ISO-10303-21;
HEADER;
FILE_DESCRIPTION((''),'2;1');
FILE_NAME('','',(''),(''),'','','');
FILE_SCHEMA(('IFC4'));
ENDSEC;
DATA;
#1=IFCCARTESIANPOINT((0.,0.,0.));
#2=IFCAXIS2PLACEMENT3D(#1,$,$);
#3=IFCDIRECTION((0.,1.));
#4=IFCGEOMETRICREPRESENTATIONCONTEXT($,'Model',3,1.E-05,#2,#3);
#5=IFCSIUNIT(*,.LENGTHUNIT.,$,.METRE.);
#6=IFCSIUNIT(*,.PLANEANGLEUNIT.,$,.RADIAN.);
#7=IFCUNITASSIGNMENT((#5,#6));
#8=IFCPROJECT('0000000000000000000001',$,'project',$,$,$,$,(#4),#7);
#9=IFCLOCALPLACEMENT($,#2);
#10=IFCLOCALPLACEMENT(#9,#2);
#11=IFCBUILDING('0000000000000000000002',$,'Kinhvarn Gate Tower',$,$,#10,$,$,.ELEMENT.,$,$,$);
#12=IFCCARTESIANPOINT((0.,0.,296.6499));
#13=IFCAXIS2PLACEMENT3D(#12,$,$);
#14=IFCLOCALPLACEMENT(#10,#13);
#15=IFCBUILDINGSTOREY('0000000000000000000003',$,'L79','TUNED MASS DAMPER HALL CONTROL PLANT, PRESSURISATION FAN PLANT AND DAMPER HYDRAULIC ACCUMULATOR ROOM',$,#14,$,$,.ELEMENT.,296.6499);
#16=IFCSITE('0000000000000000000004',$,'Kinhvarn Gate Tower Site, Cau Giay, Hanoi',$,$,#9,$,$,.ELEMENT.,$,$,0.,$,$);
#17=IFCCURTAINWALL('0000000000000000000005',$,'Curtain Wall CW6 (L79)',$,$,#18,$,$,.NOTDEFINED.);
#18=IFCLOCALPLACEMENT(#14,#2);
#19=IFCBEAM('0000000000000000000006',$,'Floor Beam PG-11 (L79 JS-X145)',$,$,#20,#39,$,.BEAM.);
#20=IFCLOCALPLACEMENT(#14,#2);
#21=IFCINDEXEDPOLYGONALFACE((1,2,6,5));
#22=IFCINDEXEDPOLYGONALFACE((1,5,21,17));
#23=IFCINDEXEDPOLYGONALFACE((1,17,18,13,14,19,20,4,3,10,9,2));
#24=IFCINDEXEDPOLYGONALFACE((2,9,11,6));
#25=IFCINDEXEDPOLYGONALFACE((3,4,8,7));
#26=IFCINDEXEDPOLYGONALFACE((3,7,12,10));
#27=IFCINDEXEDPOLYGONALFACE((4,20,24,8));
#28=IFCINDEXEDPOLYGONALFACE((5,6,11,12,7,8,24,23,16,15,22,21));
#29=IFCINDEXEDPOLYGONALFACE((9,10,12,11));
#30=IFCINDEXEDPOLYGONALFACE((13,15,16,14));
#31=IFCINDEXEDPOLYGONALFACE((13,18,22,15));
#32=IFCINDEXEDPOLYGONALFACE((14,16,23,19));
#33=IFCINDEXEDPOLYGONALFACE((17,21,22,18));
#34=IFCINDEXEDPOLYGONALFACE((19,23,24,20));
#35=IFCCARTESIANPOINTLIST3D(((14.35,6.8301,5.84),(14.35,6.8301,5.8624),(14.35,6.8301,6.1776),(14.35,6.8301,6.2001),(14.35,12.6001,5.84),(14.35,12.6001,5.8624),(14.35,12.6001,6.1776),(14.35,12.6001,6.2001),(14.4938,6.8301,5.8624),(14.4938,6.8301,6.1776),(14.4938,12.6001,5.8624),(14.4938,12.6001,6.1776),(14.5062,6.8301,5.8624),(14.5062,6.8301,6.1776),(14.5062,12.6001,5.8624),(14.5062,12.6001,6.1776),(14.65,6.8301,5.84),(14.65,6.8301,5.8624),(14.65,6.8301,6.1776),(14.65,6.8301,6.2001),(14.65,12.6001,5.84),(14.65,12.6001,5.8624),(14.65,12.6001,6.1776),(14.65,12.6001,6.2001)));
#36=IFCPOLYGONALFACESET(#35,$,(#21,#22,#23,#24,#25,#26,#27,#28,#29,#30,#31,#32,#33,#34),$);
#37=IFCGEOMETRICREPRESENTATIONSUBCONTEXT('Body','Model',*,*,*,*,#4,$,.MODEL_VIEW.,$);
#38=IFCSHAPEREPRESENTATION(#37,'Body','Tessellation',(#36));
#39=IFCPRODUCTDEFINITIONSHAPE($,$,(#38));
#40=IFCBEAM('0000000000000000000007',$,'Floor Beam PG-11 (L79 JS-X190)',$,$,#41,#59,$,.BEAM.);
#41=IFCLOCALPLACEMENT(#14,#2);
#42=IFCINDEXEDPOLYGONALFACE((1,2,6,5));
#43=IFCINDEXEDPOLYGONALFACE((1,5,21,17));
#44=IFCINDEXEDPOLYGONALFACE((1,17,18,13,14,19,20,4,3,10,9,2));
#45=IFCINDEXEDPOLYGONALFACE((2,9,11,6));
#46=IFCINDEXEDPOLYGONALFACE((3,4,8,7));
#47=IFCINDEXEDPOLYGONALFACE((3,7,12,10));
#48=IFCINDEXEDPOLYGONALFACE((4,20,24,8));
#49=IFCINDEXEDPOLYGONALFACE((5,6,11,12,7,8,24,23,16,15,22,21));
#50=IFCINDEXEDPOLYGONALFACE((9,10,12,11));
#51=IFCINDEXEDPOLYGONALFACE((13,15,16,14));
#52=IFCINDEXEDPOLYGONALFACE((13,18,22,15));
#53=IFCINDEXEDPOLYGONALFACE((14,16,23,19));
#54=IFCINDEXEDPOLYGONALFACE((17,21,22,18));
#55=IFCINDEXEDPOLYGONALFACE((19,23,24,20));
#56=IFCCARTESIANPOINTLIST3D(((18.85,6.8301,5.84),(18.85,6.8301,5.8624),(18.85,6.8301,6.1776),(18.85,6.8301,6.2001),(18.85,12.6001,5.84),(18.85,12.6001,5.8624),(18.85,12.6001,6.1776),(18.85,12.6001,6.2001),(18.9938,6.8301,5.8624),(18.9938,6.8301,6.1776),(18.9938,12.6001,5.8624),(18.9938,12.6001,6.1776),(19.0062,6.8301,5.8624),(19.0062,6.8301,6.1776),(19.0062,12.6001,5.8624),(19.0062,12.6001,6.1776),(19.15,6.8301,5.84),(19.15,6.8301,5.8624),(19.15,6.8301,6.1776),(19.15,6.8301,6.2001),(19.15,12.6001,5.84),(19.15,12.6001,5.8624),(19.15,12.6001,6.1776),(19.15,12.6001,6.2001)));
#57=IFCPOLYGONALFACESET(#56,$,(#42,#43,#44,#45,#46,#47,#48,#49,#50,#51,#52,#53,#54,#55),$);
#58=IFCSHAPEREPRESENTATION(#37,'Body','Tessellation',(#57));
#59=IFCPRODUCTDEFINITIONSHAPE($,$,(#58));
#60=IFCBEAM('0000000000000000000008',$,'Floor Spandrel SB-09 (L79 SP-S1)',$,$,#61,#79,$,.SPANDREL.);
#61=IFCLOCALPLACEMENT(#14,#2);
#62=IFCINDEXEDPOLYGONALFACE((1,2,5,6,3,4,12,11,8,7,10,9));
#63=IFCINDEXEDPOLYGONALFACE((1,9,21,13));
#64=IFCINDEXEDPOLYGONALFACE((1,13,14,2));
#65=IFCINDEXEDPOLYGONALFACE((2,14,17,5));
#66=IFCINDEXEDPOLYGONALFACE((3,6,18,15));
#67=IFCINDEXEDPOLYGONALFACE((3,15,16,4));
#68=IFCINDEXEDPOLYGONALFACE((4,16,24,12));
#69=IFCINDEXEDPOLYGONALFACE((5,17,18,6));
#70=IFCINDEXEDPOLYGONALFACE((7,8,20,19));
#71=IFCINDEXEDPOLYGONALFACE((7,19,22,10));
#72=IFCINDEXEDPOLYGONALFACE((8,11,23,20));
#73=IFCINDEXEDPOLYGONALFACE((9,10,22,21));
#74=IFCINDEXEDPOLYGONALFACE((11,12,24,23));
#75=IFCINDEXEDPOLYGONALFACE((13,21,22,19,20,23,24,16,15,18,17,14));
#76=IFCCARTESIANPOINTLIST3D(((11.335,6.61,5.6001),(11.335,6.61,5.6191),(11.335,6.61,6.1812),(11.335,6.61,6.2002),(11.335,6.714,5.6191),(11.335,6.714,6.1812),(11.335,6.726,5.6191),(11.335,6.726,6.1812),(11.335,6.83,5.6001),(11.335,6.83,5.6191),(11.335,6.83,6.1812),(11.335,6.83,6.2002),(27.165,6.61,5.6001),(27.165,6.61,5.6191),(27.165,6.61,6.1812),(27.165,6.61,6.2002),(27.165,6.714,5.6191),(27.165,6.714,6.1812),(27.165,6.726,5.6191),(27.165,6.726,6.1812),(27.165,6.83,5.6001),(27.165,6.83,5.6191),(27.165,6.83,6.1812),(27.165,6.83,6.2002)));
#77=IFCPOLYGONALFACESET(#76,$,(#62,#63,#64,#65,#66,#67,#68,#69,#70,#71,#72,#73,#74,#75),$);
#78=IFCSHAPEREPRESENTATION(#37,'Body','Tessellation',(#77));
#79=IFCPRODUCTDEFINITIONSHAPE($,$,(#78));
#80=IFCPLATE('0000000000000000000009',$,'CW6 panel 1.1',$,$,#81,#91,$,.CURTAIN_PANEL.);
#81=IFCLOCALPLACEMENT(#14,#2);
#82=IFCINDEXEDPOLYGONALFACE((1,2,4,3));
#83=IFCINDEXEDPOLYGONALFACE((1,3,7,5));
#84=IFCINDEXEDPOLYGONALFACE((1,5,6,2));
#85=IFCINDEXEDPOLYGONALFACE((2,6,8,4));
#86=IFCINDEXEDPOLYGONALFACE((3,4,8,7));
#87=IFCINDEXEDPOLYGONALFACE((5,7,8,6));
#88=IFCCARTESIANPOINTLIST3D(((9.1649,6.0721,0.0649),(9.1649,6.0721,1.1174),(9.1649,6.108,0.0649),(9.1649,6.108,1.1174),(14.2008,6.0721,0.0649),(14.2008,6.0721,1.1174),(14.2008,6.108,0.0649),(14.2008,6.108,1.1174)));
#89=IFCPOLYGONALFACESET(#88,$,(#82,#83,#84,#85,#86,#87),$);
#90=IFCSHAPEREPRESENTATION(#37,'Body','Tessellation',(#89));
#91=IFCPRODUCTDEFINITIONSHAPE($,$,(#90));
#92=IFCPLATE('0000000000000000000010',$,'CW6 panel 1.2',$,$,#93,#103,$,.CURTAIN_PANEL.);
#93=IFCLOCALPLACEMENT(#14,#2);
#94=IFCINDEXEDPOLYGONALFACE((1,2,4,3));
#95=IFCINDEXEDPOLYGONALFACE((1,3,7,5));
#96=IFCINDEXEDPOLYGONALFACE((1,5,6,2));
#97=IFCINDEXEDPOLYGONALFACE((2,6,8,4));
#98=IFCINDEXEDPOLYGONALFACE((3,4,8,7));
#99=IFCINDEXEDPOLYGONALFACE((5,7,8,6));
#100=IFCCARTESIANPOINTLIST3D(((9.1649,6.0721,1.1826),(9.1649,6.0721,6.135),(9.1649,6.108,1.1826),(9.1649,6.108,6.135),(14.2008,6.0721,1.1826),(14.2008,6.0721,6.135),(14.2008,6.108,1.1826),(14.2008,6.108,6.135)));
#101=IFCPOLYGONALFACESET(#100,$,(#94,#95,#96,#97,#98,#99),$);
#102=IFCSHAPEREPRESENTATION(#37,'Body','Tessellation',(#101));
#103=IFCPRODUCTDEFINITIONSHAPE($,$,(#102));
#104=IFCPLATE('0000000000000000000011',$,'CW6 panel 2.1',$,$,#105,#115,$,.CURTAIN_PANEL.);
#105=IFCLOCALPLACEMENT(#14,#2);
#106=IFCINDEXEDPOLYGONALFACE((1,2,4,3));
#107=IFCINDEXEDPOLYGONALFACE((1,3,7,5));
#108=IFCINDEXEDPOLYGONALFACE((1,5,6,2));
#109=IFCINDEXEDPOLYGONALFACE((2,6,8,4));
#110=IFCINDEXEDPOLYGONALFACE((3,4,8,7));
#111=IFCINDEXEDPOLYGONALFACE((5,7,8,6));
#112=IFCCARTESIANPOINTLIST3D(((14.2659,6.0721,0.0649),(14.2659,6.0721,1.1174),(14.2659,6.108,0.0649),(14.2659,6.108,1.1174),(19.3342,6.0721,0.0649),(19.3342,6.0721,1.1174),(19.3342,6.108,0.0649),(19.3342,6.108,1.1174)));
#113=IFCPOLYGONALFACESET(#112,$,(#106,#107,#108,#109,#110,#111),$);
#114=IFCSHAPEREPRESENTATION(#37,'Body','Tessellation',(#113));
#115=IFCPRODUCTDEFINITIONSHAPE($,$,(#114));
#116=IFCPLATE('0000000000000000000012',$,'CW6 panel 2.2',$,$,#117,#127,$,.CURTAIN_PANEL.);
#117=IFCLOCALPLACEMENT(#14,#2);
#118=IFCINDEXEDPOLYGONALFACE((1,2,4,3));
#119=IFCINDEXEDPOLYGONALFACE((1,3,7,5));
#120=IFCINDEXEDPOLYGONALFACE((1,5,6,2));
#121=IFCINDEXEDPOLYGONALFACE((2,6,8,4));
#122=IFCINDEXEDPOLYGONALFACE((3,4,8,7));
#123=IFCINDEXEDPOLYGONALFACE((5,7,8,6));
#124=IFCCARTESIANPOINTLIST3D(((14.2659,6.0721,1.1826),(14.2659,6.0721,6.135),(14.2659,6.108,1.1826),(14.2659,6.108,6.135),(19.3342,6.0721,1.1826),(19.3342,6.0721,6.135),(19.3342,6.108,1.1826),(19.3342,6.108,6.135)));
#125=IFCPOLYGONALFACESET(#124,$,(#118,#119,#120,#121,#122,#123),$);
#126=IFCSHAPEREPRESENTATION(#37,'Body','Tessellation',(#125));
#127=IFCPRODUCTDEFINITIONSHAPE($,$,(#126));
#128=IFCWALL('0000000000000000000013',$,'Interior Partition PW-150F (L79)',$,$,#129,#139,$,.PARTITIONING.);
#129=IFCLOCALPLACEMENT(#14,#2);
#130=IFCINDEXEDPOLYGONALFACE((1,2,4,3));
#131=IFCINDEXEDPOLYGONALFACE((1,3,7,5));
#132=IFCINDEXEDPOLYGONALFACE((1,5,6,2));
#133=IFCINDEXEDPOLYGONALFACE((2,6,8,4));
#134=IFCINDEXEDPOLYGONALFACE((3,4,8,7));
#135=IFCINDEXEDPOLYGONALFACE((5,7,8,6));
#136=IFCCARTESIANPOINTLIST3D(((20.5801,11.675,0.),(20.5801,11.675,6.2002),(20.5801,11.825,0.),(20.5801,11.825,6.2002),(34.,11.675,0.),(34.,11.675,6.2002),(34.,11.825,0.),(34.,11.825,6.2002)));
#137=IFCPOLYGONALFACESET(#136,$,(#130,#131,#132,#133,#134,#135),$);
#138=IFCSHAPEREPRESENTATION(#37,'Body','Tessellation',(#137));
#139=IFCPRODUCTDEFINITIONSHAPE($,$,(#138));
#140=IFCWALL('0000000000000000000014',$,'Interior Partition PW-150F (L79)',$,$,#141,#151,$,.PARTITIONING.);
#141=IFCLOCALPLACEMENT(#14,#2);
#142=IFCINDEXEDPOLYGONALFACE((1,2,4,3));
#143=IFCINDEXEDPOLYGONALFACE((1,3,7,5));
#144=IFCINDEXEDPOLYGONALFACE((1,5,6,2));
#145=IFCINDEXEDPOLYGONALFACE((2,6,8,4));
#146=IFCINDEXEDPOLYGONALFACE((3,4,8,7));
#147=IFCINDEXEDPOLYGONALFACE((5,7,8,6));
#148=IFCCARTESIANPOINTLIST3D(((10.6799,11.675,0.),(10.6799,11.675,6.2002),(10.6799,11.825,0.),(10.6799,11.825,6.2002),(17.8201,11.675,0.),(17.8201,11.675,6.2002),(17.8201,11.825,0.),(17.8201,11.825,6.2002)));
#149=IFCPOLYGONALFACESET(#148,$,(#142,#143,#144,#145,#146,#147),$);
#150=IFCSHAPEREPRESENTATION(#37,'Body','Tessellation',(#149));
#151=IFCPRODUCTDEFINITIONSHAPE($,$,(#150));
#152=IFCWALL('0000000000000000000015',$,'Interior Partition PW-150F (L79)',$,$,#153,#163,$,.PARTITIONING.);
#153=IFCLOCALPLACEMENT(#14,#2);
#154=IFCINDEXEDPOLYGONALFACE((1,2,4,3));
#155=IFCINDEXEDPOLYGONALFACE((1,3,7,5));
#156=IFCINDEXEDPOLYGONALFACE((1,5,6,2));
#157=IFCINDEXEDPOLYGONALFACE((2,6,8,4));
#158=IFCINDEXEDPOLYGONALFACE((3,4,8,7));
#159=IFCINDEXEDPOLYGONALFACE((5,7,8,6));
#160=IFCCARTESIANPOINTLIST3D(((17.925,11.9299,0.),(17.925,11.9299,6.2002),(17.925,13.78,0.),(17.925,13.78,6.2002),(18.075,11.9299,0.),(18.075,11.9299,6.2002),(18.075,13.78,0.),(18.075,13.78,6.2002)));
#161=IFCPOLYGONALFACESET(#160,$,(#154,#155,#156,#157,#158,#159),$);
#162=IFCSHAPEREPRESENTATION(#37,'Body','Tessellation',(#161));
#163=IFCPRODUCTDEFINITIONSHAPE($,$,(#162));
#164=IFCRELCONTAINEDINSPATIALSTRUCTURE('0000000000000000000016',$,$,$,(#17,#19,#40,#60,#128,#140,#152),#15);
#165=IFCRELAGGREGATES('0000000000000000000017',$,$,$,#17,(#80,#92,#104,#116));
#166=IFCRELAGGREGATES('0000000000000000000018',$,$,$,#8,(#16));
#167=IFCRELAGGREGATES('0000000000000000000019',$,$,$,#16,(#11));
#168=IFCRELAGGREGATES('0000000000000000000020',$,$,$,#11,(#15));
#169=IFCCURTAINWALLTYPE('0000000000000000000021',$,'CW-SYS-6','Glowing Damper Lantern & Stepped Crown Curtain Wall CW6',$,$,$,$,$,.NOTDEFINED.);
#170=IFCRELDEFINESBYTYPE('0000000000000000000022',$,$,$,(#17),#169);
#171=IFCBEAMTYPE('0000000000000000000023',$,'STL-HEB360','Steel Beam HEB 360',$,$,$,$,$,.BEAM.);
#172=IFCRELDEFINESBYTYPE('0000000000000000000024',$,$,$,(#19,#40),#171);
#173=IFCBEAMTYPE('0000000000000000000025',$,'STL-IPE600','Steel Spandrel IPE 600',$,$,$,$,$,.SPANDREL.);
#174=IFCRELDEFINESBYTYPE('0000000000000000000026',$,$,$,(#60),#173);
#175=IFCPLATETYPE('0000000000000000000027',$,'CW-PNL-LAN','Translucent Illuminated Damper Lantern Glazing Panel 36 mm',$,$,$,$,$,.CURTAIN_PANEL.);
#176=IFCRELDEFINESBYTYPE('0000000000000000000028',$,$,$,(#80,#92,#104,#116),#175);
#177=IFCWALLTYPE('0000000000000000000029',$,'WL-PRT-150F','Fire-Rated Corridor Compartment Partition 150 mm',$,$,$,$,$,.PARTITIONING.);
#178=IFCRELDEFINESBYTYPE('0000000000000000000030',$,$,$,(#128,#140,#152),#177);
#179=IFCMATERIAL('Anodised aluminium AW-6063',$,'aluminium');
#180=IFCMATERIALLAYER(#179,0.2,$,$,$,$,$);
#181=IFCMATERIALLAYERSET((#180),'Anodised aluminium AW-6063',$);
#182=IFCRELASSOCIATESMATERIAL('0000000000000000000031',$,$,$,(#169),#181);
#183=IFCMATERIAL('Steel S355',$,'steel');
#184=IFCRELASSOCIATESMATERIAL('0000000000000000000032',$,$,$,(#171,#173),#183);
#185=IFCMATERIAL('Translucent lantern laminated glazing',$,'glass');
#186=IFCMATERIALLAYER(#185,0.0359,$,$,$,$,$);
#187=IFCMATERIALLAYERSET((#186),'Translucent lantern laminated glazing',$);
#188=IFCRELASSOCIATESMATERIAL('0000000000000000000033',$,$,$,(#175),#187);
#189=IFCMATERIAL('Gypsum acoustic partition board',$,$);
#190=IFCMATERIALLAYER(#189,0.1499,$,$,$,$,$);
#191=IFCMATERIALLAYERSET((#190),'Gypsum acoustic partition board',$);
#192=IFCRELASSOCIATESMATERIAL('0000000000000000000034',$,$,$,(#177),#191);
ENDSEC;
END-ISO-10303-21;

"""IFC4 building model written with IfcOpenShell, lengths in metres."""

from ifc_helpers import new_model, si_unit, direction, frame, frame_2d, origin, origin_2d, place, context, subcontext, project, spatial, rectangle, i_section, extrude, material, layer, layer_set, material_profile, profile_set, type_object, element, aggregate, save


model = new_model("IFC4")

# Units and contexts
model_context = context("Model", 3, precision=1e-05, world=origin(), true_north=direction((0.0, 1.0)))
body_context = subcontext(model_context, "Body", "Model", "MODEL_VIEW")
ifc_project = project(units=[si_unit("LENGTHUNIT", "METRE"), si_unit("PLANEANGLEUNIT", "RADIAN")], contexts=[model_context])

# Site, building, storey
site_placement = place(None, origin())
site = spatial("IfcSite", under=ifc_project, at=site_placement, Name="Kinhvarn Gate Tower Site, Cau Giay, Hanoi", CompositionType="ELEMENT", RefElevation=0.0)
building_placement = place(site_placement, origin())
building = spatial("IfcBuilding", under=site, at=building_placement, Name="Kinhvarn Gate Tower", CompositionType="ELEMENT")
storey_placement = place(building_placement, frame((0.0, 0.0, 296.6499)))
storey = spatial("IfcBuildingStorey", under=building, at=storey_placement, Name="L79", Description="TUNED MASS DAMPER HALL CONTROL PLANT, PRESSURISATION FAN PLANT AND DAMPER HYDRAULIC ACCUMULATOR ROOM", CompositionType="ELEMENT", Elevation=296.6499)

# Shared definitions
ifc_material_1 = material(Name="Steel S355", Category="steel")

# Curtain wall
ifc_material_2 = material(Name="Anodised aluminium AW-6063", Category="aluminium")
ifc_layer_1 = layer(ifc_material_2, 0.2)
ifc_layer_set_1 = layer_set([ifc_layer_1], Name="Anodised aluminium AW-6063")
curtain_wall_type = type_object("IfcCurtainWallType", Name="CW-SYS-6", Description="Glowing Damper Lantern & Stepped Crown Curtain Wall CW6", PredefinedType="NOTDEFINED", material=ifc_layer_set_1)
curtain_wall_placement = place(storey_placement, origin())
curtain_wall = element("IfcCurtainWall", 1, at=curtain_wall_placement, inside=storey, type_object=curtain_wall_type, Name="Curtain Wall CW6 (L79)", PredefinedType="NOTDEFINED")

# Beams
ifc_material_profile_1 = material_profile(ifc_material_1, i_section(OverallWidth=0.3, OverallDepth=0.3601, WebThickness=0.0125, FlangeThickness=0.0225, at=origin_2d()), Name="HEB 360")
ifc_profile_set_1 = profile_set([ifc_material_profile_1], Name="Steel S355")
beam_type_1 = type_object("IfcBeamType", Name="STL-HEB360", Description="Steel Beam HEB 360", PredefinedType="BEAM", material=ifc_profile_set_1)
for number, where, z_axis, x_axis, name in (
    (2, (14.5, 6.8301, 6.02), (0.0, 1.0, 0.0), (-1.0, 0.0, 0.0), "Floor Beam PG-11 (L79 JS-X145)"),
    (3, (19.0, 6.8301, 6.02), (0.0, 1.0, 0.0), (-1.0, 0.0, 0.0), "Floor Beam PG-11 (L79 JS-X190)"),
):
    element("IfcBeam", number, at=place(storey_placement, frame(where, z_axis=z_axis, x_axis=x_axis)), inside=storey, type_object=beam_type_1, Name=name, PredefinedType="BEAM", context=body_context, shape_type="SweptSolid", body=[
        extrude(i_section(OverallWidth=0.3, OverallDepth=0.3601, WebThickness=0.0125, FlangeThickness=0.0225, at=origin_2d()), origin(), (0.0, 0.0, 1.0), 5.77),
    ])
ifc_material_profile_2 = material_profile(ifc_material_1, i_section(OverallWidth=0.22, OverallDepth=0.6001, WebThickness=0.012, FlangeThickness=0.019, at=origin_2d()), Name="IPE 600")
ifc_profile_set_2 = profile_set([ifc_material_profile_2], Name="Steel S355")
beam_type_2 = type_object("IfcBeamType", Name="STL-IPE600", Description="Steel Spandrel IPE 600", PredefinedType="SPANDREL", material=ifc_profile_set_2)
beam_1_placement = place(storey_placement, frame((11.335, 6.72, 5.9001), z_axis=(1.0, 0.0, 0.0), x_axis=(0.0, 1.0, 0.0)))
element("IfcBeam", 4, at=beam_1_placement, inside=storey, type_object=beam_type_2, Name="Floor Spandrel SB-09 (L79 SP-S1)", PredefinedType="SPANDREL", context=body_context, shape_type="SweptSolid", body=[
    extrude(i_section(OverallWidth=0.22, OverallDepth=0.6001, WebThickness=0.012, FlangeThickness=0.019, at=origin_2d()), origin(), (0.0, 0.0, 1.0), 15.8301),
])

# Plates
ifc_material_3 = material(Name="Translucent lantern laminated glazing", Category="glass")
ifc_layer_2 = layer(ifc_material_3, 0.0359)
ifc_layer_set_2 = layer_set([ifc_layer_2], Name="Translucent lantern laminated glazing")
plate_type = type_object("IfcPlateType", Name="CW-PNL-LAN", Description="Translucent Illuminated Damper Lantern Glazing Panel 36 mm", PredefinedType="CURTAIN_PANEL", material=ifc_layer_set_2)
plate_1_placement = place(storey_placement, frame((11.6829, 6.0901, 0.0649), z_axis=(0.0, 0.0, 1.0), x_axis=(1.0, 0.0, 0.0)))
plate_1 = element("IfcPlate", 5, at=plate_1_placement, type_object=plate_type, Name="CW6 panel 1.1", PredefinedType="CURTAIN_PANEL", context=body_context, shape_type="SweptSolid", body=[
    extrude(rectangle(XDim=5.0359, YDim=0.0359, at=origin_2d()), origin(), (0.0, 0.0, 1.0), 1.0525),
])
plate_2_placement = place(storey_placement, frame((11.6829, 6.0901, 1.1826), z_axis=(0.0, 0.0, 1.0), x_axis=(1.0, 0.0, 0.0)))
plate_2 = element("IfcPlate", 6, at=plate_2_placement, type_object=plate_type, Name="CW6 panel 1.2", PredefinedType="CURTAIN_PANEL", context=body_context, shape_type="SweptSolid", body=[
    extrude(rectangle(XDim=5.0359, YDim=0.0359, at=origin_2d()), origin(), (0.0, 0.0, 1.0), 4.9524),
])
plate_3_placement = place(storey_placement, frame((16.8, 6.0901, 0.0649), z_axis=(0.0, 0.0, 1.0), x_axis=(1.0, 0.0, 0.0)))
plate_3 = element("IfcPlate", 7, at=plate_3_placement, type_object=plate_type, Name="CW6 panel 2.1", PredefinedType="CURTAIN_PANEL", context=body_context, shape_type="SweptSolid", body=[
    extrude(rectangle(XDim=5.0684, YDim=0.0359, at=origin_2d()), origin(), (0.0, 0.0, 1.0), 1.0525),
])
plate_4_placement = place(storey_placement, frame((16.8, 6.0901, 1.1826), z_axis=(0.0, 0.0, 1.0), x_axis=(1.0, 0.0, 0.0)))
plate_4 = element("IfcPlate", 8, at=plate_4_placement, type_object=plate_type, Name="CW6 panel 2.2", PredefinedType="CURTAIN_PANEL", context=body_context, shape_type="SweptSolid", body=[
    extrude(rectangle(XDim=5.0684, YDim=0.0359, at=origin_2d()), origin(), (0.0, 0.0, 1.0), 4.9524),
])
aggregate(curtain_wall, [plate_1, plate_2, plate_3, plate_4])

# Shared definitions
ifc_material_4 = material(Name="Gypsum acoustic partition board")
ifc_layer_3 = layer(ifc_material_4, 0.1499)
ifc_layer_set_3 = layer_set([ifc_layer_3], Name="Gypsum acoustic partition board")
wall_type = type_object("IfcWallType", Name="WL-PRT-150F", Description="Fire-Rated Corridor Compartment Partition 150 mm", PredefinedType="PARTITIONING", material=ifc_layer_set_3)

# Walls
wall_1_placement = place(storey_placement, frame((20.5801, 11.75, 0.0), z_axis=(0.0, 0.0, 1.0), x_axis=(1.0, 0.0, 0.0)))
element("IfcWall", 9, at=wall_1_placement, inside=storey, type_object=wall_type, Name="Interior Partition PW-150F (L79)", PredefinedType="PARTITIONING", context=body_context, shape_type="SweptSolid", body=[
    extrude(rectangle(XDim=13.4199, YDim=0.1499, at=frame_2d((6.71, 0.0))), origin(), (0.0, 0.0, 1.0), 6.2002),
])
wall_2_placement = place(storey_placement, frame((10.6799, 11.75, 0.0), z_axis=(0.0, 0.0, 1.0), x_axis=(1.0, 0.0, 0.0)))
element("IfcWall", 10, at=wall_2_placement, inside=storey, type_object=wall_type, Name="Interior Partition PW-150F (L79)", PredefinedType="PARTITIONING", context=body_context, shape_type="SweptSolid", body=[
    extrude(rectangle(XDim=7.1401, YDim=0.1499, at=frame_2d((3.5701, 0.0))), origin(), (0.0, 0.0, 1.0), 6.2002),
])
wall_3_placement = place(storey_placement, frame((18.0, 11.9299, 0.0), z_axis=(0.0, 0.0, 1.0), x_axis=(0.0, 1.0, 0.0)))
element("IfcWall", 11, at=wall_3_placement, inside=storey, type_object=wall_type, Name="Interior Partition PW-150F (L79)", PredefinedType="PARTITIONING", context=body_context, shape_type="SweptSolid", body=[
    extrude(rectangle(XDim=1.8501, YDim=0.1499, at=frame_2d((0.925, 0.0))), origin(), (0.0, 0.0, 1.0), 6.2002),
])

save(model, "model.ifc")
